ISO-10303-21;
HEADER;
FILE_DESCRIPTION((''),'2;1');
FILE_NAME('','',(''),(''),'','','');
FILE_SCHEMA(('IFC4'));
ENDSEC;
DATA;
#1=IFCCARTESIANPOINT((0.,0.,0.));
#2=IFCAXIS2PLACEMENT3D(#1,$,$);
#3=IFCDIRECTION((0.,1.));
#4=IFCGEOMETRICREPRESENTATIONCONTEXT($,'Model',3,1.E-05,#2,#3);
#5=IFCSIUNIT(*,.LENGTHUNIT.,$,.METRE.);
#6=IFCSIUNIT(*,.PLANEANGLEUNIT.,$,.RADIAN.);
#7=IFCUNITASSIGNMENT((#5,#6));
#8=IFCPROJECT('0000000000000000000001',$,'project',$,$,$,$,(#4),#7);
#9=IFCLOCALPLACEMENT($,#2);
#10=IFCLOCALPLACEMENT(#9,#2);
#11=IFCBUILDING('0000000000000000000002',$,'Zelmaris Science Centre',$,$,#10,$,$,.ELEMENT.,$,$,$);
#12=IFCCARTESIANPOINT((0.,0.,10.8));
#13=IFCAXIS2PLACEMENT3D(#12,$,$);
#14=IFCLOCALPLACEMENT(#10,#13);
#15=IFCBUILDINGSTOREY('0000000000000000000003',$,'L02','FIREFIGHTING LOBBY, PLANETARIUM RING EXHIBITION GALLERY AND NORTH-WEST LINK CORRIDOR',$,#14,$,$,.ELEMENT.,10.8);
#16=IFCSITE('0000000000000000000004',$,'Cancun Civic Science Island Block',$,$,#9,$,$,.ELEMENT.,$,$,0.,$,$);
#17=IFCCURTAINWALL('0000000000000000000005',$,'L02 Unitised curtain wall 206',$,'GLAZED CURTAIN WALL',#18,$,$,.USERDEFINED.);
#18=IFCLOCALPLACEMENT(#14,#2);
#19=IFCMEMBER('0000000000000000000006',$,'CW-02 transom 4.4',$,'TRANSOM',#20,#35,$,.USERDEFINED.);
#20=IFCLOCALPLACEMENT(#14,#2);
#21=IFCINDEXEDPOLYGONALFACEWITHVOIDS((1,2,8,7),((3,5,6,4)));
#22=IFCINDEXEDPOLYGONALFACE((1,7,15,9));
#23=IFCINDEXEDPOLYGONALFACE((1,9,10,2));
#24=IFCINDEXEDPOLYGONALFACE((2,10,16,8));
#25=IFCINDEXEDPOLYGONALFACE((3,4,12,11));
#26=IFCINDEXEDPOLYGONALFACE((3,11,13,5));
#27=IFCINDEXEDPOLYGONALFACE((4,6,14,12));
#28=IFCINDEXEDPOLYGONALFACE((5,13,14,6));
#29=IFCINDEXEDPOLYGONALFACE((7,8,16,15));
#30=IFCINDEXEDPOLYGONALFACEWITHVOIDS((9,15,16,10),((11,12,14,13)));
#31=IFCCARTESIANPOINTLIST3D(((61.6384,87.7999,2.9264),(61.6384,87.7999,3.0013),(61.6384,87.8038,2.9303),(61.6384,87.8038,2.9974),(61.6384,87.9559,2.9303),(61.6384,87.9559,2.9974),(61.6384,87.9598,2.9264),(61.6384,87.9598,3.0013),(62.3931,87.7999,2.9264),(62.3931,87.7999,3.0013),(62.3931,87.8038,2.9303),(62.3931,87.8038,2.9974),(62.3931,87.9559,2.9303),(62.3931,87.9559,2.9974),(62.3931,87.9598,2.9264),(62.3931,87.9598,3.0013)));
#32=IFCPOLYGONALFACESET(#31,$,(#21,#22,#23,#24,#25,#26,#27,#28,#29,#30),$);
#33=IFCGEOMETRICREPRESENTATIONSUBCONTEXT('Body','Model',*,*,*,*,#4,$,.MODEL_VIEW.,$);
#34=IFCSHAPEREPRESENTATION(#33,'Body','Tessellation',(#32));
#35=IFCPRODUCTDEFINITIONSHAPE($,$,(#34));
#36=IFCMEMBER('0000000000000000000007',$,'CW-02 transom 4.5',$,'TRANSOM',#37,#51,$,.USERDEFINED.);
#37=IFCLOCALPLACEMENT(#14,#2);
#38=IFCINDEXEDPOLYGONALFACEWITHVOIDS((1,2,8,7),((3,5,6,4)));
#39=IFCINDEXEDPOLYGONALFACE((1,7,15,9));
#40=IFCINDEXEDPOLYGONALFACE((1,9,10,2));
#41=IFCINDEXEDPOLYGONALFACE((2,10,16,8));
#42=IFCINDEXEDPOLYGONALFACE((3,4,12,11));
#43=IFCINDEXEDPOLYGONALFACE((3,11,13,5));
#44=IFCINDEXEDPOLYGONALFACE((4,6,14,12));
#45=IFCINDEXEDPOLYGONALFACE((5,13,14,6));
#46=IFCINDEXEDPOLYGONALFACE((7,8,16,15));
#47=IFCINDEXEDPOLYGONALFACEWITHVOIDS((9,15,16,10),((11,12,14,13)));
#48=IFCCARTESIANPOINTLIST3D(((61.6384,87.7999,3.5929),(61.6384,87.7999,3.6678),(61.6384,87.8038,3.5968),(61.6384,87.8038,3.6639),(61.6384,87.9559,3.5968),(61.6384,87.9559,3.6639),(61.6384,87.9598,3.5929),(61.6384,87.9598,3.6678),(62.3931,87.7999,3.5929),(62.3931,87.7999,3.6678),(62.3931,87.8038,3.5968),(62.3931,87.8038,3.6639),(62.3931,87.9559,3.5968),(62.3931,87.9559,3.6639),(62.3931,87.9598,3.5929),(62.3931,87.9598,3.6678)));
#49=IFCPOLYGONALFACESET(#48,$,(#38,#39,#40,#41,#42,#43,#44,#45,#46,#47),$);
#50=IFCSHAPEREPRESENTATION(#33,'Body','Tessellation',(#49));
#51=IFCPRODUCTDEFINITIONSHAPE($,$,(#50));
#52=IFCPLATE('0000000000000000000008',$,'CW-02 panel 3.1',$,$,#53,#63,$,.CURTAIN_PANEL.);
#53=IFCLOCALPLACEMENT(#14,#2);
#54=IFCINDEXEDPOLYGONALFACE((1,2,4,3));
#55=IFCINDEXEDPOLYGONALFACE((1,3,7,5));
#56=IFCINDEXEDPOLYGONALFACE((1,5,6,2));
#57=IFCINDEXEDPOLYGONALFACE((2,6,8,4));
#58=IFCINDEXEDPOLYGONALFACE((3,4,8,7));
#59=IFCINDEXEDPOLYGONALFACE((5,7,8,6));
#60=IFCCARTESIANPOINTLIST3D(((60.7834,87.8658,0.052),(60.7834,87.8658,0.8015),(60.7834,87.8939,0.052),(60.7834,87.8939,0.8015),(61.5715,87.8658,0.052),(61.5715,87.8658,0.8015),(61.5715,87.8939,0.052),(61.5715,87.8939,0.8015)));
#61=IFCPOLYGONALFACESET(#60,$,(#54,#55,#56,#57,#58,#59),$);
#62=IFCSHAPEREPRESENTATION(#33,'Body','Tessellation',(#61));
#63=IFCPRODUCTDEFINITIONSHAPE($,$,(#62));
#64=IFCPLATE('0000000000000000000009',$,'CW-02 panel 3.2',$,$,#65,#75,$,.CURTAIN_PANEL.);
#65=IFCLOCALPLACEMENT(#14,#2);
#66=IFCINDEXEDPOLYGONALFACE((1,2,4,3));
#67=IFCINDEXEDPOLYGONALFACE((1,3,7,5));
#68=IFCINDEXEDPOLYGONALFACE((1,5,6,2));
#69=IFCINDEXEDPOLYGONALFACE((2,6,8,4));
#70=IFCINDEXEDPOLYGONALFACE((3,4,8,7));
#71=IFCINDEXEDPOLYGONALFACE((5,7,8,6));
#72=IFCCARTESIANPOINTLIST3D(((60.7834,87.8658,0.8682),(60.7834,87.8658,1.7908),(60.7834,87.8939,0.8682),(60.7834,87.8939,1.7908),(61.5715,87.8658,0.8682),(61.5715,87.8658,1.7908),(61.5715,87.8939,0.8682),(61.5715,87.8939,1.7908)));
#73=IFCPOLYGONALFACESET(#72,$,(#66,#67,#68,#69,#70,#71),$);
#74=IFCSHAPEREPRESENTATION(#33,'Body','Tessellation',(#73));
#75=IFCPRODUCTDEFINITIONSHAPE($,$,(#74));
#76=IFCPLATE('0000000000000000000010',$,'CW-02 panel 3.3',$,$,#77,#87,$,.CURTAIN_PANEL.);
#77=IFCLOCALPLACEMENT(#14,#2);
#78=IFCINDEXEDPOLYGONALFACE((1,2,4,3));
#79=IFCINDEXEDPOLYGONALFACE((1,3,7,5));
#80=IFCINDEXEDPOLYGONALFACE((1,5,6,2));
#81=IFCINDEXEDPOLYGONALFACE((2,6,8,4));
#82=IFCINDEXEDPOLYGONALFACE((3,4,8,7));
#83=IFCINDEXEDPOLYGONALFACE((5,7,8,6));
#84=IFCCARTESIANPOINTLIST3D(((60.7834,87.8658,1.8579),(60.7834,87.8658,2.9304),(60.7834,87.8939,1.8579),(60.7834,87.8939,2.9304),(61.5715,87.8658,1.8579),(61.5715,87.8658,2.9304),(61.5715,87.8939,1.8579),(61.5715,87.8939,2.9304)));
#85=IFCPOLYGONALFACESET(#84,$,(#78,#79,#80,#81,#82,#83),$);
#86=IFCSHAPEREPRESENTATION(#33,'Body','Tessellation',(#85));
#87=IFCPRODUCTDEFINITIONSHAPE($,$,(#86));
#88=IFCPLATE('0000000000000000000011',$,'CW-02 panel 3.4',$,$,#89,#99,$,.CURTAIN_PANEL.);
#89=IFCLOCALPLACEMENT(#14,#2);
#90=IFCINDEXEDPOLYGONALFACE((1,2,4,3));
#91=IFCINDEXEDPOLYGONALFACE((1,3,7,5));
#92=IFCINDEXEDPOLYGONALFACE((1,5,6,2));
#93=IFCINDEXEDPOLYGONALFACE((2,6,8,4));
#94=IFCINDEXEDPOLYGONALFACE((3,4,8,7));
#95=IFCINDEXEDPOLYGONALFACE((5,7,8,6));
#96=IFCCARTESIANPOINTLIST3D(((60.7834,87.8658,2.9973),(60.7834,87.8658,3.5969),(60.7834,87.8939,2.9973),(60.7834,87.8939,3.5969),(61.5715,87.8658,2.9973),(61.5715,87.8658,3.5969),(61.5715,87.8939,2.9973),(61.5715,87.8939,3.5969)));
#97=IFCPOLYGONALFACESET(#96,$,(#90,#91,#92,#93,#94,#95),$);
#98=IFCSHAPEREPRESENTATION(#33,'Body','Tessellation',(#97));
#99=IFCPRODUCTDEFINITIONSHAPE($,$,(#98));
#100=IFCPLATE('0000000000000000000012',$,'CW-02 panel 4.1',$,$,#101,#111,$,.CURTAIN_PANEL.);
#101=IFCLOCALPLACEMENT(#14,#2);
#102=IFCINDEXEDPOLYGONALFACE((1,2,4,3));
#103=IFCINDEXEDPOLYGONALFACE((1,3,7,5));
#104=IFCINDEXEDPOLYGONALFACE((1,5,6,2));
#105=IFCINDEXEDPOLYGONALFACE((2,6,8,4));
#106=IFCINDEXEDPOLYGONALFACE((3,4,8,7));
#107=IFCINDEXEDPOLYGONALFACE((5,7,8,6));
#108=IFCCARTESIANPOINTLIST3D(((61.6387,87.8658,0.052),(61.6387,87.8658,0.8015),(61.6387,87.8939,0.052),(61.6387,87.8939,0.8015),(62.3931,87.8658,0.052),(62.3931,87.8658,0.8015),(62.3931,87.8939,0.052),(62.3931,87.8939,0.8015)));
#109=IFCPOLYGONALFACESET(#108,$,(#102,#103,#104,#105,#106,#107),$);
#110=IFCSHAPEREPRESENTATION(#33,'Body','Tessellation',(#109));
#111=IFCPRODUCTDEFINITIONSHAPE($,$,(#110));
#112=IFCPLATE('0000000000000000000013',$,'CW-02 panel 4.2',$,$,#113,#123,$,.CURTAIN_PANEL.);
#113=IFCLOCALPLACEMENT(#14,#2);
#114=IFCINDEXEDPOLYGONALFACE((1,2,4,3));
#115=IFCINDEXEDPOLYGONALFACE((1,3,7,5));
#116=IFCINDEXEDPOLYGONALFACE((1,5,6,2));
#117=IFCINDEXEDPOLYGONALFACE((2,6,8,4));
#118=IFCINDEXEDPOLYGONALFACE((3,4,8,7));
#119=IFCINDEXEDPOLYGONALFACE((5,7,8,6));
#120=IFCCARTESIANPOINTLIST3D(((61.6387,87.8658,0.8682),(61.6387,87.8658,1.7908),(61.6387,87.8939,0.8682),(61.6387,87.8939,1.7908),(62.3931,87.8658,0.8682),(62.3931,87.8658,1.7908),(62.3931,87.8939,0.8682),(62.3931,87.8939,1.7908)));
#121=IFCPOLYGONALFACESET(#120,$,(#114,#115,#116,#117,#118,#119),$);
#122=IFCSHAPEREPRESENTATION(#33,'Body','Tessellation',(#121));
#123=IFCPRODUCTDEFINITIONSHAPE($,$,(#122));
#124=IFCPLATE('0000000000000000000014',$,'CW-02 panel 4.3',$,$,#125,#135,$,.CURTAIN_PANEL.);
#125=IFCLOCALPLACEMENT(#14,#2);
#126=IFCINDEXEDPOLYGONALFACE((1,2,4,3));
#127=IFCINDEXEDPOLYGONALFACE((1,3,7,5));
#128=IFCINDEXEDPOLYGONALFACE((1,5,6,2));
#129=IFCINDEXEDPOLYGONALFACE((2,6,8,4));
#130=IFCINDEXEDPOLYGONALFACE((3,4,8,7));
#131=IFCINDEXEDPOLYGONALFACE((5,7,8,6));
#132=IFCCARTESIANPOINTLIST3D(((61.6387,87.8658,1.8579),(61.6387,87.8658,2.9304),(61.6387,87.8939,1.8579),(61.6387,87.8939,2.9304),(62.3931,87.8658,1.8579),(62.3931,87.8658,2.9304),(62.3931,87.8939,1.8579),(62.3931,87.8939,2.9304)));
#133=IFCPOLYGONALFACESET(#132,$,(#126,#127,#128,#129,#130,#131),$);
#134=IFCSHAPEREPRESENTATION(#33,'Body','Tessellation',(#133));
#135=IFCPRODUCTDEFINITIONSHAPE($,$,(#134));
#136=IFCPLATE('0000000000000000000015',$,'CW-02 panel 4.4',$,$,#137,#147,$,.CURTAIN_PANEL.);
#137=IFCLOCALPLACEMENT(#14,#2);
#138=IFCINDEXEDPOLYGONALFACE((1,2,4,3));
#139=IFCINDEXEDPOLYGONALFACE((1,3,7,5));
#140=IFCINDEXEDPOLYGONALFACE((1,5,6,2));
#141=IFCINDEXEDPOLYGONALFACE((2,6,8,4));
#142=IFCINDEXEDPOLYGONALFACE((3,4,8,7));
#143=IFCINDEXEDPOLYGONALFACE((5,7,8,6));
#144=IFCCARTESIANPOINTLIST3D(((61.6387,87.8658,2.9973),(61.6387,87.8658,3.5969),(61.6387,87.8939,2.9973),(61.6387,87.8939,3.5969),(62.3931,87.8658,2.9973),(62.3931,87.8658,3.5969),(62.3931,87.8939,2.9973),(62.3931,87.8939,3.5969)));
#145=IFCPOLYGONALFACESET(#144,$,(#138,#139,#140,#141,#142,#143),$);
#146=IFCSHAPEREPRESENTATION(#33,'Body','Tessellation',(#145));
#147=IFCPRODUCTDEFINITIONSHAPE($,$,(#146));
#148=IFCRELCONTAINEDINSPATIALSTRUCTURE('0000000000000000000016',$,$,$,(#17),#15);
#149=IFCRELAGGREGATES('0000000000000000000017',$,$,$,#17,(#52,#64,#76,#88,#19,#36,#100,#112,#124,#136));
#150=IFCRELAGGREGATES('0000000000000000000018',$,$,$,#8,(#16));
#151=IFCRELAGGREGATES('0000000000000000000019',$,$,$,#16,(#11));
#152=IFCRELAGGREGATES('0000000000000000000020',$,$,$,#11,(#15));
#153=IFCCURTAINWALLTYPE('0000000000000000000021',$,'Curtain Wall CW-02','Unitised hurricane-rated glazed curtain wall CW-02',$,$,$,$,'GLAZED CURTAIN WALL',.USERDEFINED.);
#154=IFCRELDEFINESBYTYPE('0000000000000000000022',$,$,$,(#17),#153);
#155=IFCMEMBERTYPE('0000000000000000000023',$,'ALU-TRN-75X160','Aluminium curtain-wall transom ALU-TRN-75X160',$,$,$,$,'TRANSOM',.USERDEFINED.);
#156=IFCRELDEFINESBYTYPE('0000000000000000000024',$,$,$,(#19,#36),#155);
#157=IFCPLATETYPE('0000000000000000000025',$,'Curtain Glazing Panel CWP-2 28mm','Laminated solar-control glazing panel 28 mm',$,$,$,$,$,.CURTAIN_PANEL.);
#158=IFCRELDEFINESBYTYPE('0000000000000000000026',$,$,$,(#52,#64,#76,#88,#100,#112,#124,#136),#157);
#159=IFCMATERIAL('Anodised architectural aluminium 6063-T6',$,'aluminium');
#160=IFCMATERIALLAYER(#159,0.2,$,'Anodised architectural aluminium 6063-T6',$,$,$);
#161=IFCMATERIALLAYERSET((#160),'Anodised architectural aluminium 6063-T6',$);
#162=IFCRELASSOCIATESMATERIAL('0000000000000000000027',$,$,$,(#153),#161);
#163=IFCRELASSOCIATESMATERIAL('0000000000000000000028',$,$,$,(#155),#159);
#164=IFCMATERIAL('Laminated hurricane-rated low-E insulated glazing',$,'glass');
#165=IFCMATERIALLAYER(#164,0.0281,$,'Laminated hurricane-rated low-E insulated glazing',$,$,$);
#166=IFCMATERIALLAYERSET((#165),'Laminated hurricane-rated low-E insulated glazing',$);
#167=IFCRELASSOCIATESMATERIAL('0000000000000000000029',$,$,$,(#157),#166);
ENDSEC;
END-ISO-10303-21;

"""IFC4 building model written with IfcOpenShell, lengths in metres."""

from ifc_helpers import new_model, si_unit, direction, frame, origin, origin_2d, place, context, subcontext, project, spatial, rectangle, hollow_rectangle, extrude, material, layer, layer_set, material_profile, profile_set, type_object, element, aggregate, save


model = new_model("IFC4")

# Units and contexts
model_context = context("Model", 3, precision=1e-05, world=origin(), true_north=direction((0.0, 1.0)))
body_context = subcontext(model_context, "Body", "Model", "MODEL_VIEW")
ifc_project = project(units=[si_unit("LENGTHUNIT", "METRE"), si_unit("PLANEANGLEUNIT", "RADIAN")], contexts=[model_context])

# Site, building, storey
site_placement = place(None, origin())
site = spatial("IfcSite", under=ifc_project, at=site_placement, Name="Cancun Civic Science Island Block", CompositionType="ELEMENT", RefElevation=0.0)
building_placement = place(site_placement, origin())
building = spatial("IfcBuilding", under=site, at=building_placement, Name="Zelmaris Science Centre", CompositionType="ELEMENT")
storey_placement = place(building_placement, frame((0.0, 0.0, 10.8)))
storey = spatial("IfcBuildingStorey", under=building, at=storey_placement, Name="L02", Description="FIREFIGHTING LOBBY, PLANETARIUM RING EXHIBITION GALLERY AND NORTH-WEST LINK CORRIDOR", CompositionType="ELEMENT", Elevation=10.8)

# Curtain wall, members, plates
ifc_material_1 = material(Name="Anodised architectural aluminium 6063-T6", Category="aluminium")
ifc_layer_1 = layer(ifc_material_1, 0.2, Name="Anodised architectural aluminium 6063-T6")
ifc_layer_set_1 = layer_set([ifc_layer_1], Name="Anodised architectural aluminium 6063-T6")
curtain_wall_type = type_object("IfcCurtainWallType", Name="Curtain Wall CW-02", Description="Unitised hurricane-rated glazed curtain wall CW-02", ElementType="GLAZED CURTAIN WALL", PredefinedType="USERDEFINED", material=ifc_layer_set_1)
curtain_wall_placement = place(storey_placement, origin())
curtain_wall = element("IfcCurtainWall", 1, at=curtain_wall_placement, inside=storey, type_object=curtain_wall_type, Name="L02 Unitised curtain wall 206", ObjectType="GLAZED CURTAIN WALL", PredefinedType="USERDEFINED")
ifc_material_profile_1 = material_profile(ifc_material_1, hollow_rectangle(XDim=0.075, YDim=0.1599, WallThickness=0.0039, at=origin_2d()), Name="ALU-TRN-75X160")
ifc_profile_set_1 = profile_set([ifc_material_profile_1], Name="Anodised architectural aluminium 6063-T6")
member_type_1 = type_object("IfcMemberType", Name="ALU-TRN-75X160", Description="Aluminium curtain-wall transom ALU-TRN-75X160", ElementType="TRANSOM", PredefinedType="USERDEFINED", material=ifc_profile_set_1)
member_1_placement = place(storey_placement, frame((61.6384, 87.8799, 2.9639), z_axis=(1.0, 0.0, 0.0), x_axis=(0.0, 0.0, 1.0)))
member_1 = element("IfcMember", 2, at=member_1_placement, type_object=member_type_1, Name="CW-02 transom 4.4", ObjectType="TRANSOM", PredefinedType="USERDEFINED", context=body_context, shape_type="SweptSolid", body=[
    extrude(hollow_rectangle(XDim=0.075, YDim=0.1599, WallThickness=0.0039, at=origin_2d()), origin(), (0.0, 0.0, 1.0), 0.7546),
])
member_2_placement = place(storey_placement, frame((61.6384, 87.8799, 3.6304), z_axis=(1.0, 0.0, 0.0), x_axis=(0.0, 0.0, 1.0)))
member_2 = element("IfcMember", 3, at=member_2_placement, type_object=member_type_1, Name="CW-02 transom 4.5", ObjectType="TRANSOM", PredefinedType="USERDEFINED", context=body_context, shape_type="SweptSolid", body=[
    extrude(hollow_rectangle(XDim=0.075, YDim=0.1599, WallThickness=0.0039, at=origin_2d()), origin(), (0.0, 0.0, 1.0), 0.7546),
])
ifc_material_2 = material(Name="Laminated hurricane-rated low-E insulated glazing", Category="glass")
ifc_layer_2 = layer(ifc_material_2, 0.0281, Name="Laminated hurricane-rated low-E insulated glazing")
ifc_layer_set_2 = layer_set([ifc_layer_2], Name="Laminated hurricane-rated low-E insulated glazing")
plate_type = type_object("IfcPlateType", Name="Curtain Glazing Panel CWP-2 28mm", Description="Laminated solar-control glazing panel 28 mm", PredefinedType="CURTAIN_PANEL", material=ifc_layer_set_2)
plate_1_placement = place(storey_placement, frame((61.1775, 87.8799, 0.052), z_axis=(0.0, 0.0, 1.0), x_axis=(1.0, 0.0, 0.0)))
plate_1 = element("IfcPlate", 4, at=plate_1_placement, type_object=plate_type, Name="CW-02 panel 3.1", PredefinedType="CURTAIN_PANEL", context=body_context, shape_type="SweptSolid", body=[
    extrude(rectangle(XDim=0.7881, YDim=0.0281, at=origin_2d()), origin(), (0.0, 0.0, 1.0), 0.7495),
])
plate_2_placement = place(storey_placement, frame((61.1775, 87.8799, 0.8682), z_axis=(0.0, 0.0, 1.0), x_axis=(1.0, 0.0, 0.0)))
plate_2 = element("IfcPlate", 5, at=plate_2_placement, type_object=plate_type, Name="CW-02 panel 3.2", PredefinedType="CURTAIN_PANEL", context=body_context, shape_type="SweptSolid", body=[
    extrude(rectangle(XDim=0.7881, YDim=0.0281, at=origin_2d()), origin(), (0.0, 0.0, 1.0), 0.9226),
])
plate_3_placement = place(storey_placement, frame((61.1775, 87.8799, 1.8579), z_axis=(0.0, 0.0, 1.0), x_axis=(1.0, 0.0, 0.0)))
plate_3 = element("IfcPlate", 6, at=plate_3_placement, type_object=plate_type, Name="CW-02 panel 3.3", PredefinedType="CURTAIN_PANEL", context=body_context, shape_type="SweptSolid", body=[
    extrude(rectangle(XDim=0.7881, YDim=0.0281, at=origin_2d()), origin(), (0.0, 0.0, 1.0), 1.0725),
])
plate_4_placement = place(storey_placement, frame((61.1775, 87.8799, 2.9973), z_axis=(0.0, 0.0, 1.0), x_axis=(1.0, 0.0, 0.0)))
plate_4 = element("IfcPlate", 7, at=plate_4_placement, type_object=plate_type, Name="CW-02 panel 3.4", PredefinedType="CURTAIN_PANEL", context=body_context, shape_type="SweptSolid", body=[
    extrude(rectangle(XDim=0.7881, YDim=0.0281, at=origin_2d()), origin(), (0.0, 0.0, 1.0), 0.5996),
])
plate_5_placement = place(storey_placement, frame((62.0159, 87.8799, 0.052), z_axis=(0.0, 0.0, 1.0), x_axis=(1.0, 0.0, 0.0)))
plate_5 = element("IfcPlate", 8, at=plate_5_placement, type_object=plate_type, Name="CW-02 panel 4.1", PredefinedType="CURTAIN_PANEL", context=body_context, shape_type="SweptSolid", body=[
    extrude(rectangle(XDim=0.7544, YDim=0.0281, at=origin_2d()), origin(), (0.0, 0.0, 1.0), 0.7495),
])
plate_6_placement = place(storey_placement, frame((62.0159, 87.8799, 0.8682), z_axis=(0.0, 0.0, 1.0), x_axis=(1.0, 0.0, 0.0)))
plate_6 = element("IfcPlate", 9, at=plate_6_placement, type_object=plate_type, Name="CW-02 panel 4.2", PredefinedType="CURTAIN_PANEL", context=body_context, shape_type="SweptSolid", body=[
    extrude(rectangle(XDim=0.7544, YDim=0.0281, at=origin_2d()), origin(), (0.0, 0.0, 1.0), 0.9226),
])
plate_7_placement = place(storey_placement, frame((62.0159, 87.8799, 1.8579), z_axis=(0.0, 0.0, 1.0), x_axis=(1.0, 0.0, 0.0)))
plate_7 = element("IfcPlate", 10, at=plate_7_placement, type_object=plate_type, Name="CW-02 panel 4.3", PredefinedType="CURTAIN_PANEL", context=body_context, shape_type="SweptSolid", body=[
    extrude(rectangle(XDim=0.7544, YDim=0.0281, at=origin_2d()), origin(), (0.0, 0.0, 1.0), 1.0725),
])
plate_8_placement = place(storey_placement, frame((62.0159, 87.8799, 2.9973), z_axis=(0.0, 0.0, 1.0), x_axis=(1.0, 0.0, 0.0)))
plate_8 = element("IfcPlate", 11, at=plate_8_placement, type_object=plate_type, Name="CW-02 panel 4.4", PredefinedType="CURTAIN_PANEL", context=body_context, shape_type="SweptSolid", body=[
    extrude(rectangle(XDim=0.7544, YDim=0.0281, at=origin_2d()), origin(), (0.0, 0.0, 1.0), 0.5996),
])
aggregate(curtain_wall, [plate_1, plate_2, plate_3, plate_4, member_1, member_2, plate_5, plate_6, plate_7, plate_8])

save(model, "model.ifc")
